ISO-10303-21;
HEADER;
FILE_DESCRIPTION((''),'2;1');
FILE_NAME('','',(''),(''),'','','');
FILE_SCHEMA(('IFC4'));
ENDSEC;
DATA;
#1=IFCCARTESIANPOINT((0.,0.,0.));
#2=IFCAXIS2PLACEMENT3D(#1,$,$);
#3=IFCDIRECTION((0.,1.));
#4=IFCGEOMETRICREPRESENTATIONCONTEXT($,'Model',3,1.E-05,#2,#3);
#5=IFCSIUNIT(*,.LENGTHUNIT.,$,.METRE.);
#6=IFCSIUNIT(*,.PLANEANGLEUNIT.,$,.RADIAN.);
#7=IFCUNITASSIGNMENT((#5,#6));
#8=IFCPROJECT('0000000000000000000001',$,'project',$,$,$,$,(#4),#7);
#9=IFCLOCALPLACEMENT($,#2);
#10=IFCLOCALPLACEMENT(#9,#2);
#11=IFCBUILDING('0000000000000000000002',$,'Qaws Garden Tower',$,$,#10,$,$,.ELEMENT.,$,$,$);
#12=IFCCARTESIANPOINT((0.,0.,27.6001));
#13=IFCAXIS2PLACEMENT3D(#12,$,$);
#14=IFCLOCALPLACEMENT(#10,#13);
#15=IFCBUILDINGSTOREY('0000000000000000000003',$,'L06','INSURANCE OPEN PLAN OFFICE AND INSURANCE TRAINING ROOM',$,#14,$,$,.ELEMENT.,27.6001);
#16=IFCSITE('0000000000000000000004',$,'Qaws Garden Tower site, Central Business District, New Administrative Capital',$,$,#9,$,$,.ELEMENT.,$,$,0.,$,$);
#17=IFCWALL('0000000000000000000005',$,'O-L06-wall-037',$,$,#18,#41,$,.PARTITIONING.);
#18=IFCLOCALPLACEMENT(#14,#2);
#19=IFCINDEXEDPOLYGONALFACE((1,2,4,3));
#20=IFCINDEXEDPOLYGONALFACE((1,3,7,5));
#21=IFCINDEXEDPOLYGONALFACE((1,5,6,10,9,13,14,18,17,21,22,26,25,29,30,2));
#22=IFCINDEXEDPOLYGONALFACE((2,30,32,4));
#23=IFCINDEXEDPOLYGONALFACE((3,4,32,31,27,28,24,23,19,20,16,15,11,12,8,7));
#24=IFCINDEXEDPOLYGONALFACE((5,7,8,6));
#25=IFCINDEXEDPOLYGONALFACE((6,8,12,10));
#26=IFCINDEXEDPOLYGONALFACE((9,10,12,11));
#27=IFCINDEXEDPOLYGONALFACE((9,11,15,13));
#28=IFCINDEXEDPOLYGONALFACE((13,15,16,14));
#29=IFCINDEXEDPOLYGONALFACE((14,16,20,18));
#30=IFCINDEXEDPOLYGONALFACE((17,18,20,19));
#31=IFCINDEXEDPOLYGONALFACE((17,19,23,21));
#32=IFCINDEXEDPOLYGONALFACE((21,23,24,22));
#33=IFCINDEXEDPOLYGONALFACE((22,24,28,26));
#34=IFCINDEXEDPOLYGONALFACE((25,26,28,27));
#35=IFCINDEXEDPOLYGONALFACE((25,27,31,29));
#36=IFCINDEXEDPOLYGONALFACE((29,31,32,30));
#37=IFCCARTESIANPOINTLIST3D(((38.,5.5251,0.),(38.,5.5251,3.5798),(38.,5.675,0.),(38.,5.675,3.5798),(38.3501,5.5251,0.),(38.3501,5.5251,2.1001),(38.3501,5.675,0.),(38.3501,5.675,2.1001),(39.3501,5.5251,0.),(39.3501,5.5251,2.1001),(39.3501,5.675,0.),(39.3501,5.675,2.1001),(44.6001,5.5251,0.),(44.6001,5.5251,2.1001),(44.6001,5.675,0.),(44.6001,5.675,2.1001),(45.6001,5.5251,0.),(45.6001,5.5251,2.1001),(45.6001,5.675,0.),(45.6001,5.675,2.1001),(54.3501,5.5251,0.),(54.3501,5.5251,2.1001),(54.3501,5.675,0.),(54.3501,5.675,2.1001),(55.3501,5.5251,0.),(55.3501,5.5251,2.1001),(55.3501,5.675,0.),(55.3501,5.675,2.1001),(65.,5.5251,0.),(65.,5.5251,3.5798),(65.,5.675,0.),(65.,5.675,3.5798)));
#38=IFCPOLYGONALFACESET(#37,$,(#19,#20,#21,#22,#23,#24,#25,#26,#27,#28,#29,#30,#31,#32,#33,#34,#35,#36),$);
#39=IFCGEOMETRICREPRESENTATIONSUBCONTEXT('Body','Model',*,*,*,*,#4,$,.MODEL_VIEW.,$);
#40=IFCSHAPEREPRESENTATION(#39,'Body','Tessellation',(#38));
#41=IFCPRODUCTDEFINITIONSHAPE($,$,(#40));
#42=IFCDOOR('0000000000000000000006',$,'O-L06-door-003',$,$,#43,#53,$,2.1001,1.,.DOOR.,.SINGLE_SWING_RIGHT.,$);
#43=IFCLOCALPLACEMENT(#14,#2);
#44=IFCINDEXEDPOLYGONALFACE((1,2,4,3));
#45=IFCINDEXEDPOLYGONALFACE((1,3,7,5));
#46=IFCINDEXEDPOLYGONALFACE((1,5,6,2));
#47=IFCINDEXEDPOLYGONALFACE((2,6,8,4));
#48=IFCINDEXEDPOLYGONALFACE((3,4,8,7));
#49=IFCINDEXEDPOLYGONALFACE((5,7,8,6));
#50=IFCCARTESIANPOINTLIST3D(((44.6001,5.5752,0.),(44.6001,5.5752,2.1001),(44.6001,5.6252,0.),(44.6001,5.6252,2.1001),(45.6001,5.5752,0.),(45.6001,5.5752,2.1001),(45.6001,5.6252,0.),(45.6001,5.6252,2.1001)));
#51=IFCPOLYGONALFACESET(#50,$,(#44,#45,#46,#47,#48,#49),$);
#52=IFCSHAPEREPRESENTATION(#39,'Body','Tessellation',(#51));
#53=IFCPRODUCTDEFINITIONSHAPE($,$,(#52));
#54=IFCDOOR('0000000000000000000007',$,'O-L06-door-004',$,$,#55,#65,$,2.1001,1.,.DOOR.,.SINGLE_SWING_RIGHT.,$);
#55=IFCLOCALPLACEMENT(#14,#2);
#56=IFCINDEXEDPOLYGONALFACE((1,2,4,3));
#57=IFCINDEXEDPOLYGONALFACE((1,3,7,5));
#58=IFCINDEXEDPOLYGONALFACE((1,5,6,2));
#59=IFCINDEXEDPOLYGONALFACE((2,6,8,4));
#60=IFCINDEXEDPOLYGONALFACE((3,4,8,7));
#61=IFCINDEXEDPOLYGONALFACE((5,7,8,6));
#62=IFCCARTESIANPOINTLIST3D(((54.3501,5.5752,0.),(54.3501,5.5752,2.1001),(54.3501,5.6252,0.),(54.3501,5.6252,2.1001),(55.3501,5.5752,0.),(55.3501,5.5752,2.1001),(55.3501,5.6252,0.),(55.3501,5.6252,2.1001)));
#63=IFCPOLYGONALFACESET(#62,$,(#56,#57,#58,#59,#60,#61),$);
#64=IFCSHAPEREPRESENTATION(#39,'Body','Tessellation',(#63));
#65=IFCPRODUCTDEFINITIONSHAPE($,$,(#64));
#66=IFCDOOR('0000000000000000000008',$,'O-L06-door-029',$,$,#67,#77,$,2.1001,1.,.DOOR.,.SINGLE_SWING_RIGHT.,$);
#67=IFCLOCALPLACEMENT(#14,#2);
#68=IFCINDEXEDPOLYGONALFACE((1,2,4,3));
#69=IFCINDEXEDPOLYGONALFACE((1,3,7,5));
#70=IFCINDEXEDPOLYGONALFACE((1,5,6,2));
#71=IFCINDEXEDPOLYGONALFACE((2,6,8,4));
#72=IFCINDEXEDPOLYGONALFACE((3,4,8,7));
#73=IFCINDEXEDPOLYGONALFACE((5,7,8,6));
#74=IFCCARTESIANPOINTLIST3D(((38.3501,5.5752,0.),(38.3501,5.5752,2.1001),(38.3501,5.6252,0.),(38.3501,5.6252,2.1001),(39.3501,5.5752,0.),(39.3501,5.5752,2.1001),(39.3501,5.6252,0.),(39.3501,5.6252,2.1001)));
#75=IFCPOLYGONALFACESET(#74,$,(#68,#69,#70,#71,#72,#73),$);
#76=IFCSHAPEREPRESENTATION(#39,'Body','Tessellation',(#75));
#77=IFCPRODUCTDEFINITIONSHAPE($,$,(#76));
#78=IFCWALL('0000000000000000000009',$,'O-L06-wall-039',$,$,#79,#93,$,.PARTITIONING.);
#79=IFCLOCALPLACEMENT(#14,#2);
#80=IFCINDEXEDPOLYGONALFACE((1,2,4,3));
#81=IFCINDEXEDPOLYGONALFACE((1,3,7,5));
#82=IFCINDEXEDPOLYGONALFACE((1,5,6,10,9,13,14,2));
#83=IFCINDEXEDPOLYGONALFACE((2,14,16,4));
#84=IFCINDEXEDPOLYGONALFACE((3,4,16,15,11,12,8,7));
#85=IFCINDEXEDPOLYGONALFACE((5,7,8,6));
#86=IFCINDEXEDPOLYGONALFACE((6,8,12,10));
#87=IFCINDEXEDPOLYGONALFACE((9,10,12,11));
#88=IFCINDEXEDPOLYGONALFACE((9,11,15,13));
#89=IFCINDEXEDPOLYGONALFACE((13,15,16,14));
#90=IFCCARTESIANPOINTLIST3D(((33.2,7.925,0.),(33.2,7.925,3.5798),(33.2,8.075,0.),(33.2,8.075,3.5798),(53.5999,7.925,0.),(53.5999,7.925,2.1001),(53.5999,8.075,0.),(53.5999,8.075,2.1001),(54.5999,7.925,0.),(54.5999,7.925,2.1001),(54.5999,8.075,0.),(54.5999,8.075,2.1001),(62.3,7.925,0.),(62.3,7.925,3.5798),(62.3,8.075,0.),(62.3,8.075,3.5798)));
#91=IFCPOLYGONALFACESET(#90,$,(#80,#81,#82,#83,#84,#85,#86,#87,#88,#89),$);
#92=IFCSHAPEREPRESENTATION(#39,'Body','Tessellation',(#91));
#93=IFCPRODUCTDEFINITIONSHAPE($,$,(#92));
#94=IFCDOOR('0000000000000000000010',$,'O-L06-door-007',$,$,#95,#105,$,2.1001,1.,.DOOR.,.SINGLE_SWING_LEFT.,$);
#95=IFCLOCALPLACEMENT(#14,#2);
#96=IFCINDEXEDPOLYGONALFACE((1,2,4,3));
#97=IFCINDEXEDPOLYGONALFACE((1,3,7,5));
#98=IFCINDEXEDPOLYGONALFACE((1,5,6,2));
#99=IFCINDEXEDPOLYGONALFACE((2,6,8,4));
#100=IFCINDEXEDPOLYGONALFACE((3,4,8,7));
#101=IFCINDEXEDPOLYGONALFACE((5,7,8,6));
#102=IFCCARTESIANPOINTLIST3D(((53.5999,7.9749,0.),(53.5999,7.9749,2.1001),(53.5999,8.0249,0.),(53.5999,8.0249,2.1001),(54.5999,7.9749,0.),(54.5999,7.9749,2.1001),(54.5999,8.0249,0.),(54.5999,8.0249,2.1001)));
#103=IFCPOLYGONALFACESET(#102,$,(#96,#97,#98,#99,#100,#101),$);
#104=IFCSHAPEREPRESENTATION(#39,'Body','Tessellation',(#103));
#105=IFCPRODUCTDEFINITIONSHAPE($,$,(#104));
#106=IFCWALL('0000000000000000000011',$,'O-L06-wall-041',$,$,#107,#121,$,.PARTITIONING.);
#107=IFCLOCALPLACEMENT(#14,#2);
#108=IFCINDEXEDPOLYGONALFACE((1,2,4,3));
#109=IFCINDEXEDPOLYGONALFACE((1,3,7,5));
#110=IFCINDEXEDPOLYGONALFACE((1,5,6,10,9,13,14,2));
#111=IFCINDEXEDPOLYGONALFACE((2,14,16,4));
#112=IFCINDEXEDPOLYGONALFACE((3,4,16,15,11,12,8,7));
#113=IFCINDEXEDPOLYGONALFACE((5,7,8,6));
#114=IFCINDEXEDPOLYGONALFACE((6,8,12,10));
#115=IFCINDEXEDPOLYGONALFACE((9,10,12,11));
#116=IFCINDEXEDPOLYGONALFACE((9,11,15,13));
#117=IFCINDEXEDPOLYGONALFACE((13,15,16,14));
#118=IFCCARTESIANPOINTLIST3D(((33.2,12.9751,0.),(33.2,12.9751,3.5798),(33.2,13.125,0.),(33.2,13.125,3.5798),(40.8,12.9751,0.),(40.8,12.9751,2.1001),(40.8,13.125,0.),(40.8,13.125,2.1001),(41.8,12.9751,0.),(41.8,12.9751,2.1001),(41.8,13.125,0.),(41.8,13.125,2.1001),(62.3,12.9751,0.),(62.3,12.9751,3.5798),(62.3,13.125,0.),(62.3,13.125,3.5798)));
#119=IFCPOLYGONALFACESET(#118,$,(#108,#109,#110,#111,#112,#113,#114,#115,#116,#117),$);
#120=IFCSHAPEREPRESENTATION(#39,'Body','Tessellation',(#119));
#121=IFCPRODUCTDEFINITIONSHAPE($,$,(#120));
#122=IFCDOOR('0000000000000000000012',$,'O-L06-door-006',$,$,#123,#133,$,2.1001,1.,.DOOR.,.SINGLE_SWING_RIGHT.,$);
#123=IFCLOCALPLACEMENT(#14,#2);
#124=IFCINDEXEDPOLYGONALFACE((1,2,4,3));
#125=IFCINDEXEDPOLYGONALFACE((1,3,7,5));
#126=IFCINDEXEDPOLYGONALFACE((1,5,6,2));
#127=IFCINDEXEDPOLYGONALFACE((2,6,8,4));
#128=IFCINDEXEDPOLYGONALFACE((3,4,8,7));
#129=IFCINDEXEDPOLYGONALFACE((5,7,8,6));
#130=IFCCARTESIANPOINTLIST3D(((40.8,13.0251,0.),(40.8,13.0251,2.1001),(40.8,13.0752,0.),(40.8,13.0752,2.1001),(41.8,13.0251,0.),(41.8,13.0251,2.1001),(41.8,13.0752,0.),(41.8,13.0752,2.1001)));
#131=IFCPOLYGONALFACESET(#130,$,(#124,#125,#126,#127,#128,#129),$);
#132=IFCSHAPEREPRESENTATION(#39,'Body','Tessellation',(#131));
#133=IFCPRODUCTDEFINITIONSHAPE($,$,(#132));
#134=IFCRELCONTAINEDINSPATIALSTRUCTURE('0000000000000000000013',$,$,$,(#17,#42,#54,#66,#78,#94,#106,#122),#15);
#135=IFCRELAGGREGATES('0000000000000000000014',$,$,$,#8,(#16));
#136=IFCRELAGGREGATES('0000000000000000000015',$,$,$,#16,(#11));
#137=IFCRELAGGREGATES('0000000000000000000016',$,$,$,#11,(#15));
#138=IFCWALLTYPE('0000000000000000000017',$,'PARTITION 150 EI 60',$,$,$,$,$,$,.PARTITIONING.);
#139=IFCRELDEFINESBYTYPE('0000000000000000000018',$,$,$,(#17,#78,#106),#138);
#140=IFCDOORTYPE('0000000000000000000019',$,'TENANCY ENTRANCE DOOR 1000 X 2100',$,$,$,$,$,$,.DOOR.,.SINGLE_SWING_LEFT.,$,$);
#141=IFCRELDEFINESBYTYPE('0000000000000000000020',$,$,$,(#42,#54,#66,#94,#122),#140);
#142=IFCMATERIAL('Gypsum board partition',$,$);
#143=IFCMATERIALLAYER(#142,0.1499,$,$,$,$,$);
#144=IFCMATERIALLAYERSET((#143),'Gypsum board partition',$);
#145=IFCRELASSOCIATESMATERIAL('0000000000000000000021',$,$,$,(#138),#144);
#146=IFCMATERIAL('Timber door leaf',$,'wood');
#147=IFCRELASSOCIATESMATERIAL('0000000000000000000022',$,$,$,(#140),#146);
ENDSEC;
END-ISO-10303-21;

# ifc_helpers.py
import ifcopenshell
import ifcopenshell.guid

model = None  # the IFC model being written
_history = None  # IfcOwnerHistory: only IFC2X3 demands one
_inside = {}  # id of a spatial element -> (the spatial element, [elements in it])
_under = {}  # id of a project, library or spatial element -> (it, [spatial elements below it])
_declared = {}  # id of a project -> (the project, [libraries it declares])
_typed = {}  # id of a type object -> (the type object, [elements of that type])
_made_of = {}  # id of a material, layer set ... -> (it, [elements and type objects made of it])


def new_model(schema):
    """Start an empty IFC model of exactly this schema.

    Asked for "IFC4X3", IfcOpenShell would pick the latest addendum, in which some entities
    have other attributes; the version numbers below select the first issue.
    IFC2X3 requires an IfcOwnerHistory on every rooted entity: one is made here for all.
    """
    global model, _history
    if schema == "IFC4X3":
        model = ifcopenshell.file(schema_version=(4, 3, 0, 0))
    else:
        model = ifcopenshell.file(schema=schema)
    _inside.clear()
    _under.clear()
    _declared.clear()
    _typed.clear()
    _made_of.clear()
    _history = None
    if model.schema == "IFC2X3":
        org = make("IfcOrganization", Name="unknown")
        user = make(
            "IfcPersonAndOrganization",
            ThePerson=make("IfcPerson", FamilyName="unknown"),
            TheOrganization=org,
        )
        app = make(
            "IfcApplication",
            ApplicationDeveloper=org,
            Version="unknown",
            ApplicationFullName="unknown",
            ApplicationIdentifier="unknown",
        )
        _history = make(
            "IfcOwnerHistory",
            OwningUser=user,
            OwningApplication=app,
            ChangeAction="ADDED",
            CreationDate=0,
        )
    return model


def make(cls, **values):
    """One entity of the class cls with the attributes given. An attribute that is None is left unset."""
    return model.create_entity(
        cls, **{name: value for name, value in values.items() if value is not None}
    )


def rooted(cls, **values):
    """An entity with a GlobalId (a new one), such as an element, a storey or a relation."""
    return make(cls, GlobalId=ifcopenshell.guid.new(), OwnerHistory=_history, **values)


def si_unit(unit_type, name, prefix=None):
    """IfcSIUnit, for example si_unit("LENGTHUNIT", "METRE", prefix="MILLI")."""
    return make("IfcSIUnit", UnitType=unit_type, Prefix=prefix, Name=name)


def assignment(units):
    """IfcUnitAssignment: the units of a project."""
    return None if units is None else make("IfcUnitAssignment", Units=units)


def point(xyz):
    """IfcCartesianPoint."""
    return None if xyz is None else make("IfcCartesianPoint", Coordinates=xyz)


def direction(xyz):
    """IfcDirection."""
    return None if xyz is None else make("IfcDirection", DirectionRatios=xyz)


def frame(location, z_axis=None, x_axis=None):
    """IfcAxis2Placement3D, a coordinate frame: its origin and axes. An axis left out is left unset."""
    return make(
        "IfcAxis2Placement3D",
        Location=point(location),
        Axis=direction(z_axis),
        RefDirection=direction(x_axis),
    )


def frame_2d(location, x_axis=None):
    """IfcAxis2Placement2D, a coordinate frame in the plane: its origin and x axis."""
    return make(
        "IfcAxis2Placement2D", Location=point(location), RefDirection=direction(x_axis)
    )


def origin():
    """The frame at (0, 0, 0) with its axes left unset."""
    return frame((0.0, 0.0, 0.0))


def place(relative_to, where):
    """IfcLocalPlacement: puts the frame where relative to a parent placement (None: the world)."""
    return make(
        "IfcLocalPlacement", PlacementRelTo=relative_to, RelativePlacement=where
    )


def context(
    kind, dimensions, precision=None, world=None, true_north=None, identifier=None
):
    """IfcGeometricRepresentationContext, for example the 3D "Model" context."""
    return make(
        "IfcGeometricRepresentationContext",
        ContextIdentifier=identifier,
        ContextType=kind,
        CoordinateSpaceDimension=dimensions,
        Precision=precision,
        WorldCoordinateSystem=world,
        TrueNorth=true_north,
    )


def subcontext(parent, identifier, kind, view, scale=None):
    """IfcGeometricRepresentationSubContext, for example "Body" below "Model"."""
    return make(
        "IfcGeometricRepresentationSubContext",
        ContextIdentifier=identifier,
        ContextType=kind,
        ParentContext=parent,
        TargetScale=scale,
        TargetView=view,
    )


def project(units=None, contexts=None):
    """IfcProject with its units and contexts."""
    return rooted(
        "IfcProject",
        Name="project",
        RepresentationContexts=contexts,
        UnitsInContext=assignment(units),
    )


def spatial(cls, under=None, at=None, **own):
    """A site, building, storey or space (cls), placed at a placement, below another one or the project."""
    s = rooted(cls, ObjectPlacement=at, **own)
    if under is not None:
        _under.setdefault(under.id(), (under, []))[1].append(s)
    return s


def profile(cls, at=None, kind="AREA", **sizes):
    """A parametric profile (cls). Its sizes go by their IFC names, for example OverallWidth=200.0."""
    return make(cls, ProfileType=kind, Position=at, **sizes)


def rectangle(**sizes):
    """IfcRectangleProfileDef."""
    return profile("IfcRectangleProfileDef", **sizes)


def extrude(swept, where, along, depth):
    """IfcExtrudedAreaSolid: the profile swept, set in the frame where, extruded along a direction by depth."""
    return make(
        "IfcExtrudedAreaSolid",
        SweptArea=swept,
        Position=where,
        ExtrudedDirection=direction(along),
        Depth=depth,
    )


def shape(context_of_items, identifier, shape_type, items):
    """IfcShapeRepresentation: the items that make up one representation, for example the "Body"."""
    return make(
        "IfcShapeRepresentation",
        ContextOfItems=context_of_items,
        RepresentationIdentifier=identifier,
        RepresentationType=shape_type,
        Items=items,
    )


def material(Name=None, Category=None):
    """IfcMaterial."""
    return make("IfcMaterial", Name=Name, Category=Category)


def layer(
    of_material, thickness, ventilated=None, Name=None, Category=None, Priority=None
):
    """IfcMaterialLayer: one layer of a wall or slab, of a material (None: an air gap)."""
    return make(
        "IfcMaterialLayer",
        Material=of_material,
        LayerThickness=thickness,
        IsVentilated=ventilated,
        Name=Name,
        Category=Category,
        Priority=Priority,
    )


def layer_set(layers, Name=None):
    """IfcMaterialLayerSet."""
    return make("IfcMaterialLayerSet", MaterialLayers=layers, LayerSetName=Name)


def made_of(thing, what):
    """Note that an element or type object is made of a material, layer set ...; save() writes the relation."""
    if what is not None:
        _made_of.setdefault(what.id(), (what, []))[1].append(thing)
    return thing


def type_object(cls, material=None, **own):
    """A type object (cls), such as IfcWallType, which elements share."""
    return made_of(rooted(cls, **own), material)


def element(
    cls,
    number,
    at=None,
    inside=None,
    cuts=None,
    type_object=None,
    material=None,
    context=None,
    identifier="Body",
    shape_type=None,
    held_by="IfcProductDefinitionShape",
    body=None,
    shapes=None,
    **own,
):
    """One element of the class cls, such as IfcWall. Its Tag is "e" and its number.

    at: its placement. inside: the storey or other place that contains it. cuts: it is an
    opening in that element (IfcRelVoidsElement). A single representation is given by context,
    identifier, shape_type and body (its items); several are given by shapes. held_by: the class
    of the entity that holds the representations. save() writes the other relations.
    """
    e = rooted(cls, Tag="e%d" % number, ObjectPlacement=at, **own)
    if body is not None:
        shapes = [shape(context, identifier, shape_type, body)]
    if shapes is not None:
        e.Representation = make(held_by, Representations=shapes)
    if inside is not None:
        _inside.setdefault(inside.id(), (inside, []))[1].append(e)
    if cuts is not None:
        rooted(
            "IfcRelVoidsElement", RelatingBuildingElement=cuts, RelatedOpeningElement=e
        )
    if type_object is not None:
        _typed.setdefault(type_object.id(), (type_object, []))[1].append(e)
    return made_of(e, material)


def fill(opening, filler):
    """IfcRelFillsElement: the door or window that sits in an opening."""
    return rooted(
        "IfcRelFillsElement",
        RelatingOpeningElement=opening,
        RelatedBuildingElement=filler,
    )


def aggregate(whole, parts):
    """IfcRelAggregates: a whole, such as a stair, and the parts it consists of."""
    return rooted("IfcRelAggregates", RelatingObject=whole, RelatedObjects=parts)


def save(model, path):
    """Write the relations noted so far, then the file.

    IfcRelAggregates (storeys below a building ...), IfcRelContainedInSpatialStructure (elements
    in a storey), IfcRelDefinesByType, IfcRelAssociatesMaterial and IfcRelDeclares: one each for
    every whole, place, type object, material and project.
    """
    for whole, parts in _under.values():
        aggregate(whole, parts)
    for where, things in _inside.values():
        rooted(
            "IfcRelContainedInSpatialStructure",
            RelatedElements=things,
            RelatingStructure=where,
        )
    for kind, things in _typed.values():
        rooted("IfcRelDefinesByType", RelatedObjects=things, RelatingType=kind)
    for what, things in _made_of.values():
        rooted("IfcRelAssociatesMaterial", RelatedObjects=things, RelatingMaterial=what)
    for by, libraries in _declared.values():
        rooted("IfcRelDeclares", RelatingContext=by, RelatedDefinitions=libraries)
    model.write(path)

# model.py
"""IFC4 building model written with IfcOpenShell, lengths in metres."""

from ifc_helpers import new_model, si_unit, direction, frame, frame_2d, origin, place, context, subcontext, project, spatial, rectangle, extrude, material, layer, layer_set, type_object, element, fill, save


model = new_model("IFC4")

# Units and contexts
model_context = context("Model", 3, precision=1e-05, world=origin(), true_north=direction((0.0, 1.0)))
body_context = subcontext(model_context, "Body", "Model", "MODEL_VIEW")
ifc_project = project(units=[si_unit("LENGTHUNIT", "METRE"), si_unit("PLANEANGLEUNIT", "RADIAN")], contexts=[model_context])

# Site, building, storey
site_placement = place(None, origin())
site = spatial("IfcSite", under=ifc_project, at=site_placement, Name="Qaws Garden Tower site, Central Business District, New Administrative Capital", CompositionType="ELEMENT", RefElevation=0.0)
building_placement = place(site_placement, origin())
building = spatial("IfcBuilding", under=site, at=building_placement, Name="Qaws Garden Tower", CompositionType="ELEMENT")
storey_placement = place(building_placement, frame((0.0, 0.0, 27.6001)))
storey = spatial("IfcBuildingStorey", under=building, at=storey_placement, Name="L06", Description="INSURANCE OPEN PLAN OFFICE AND INSURANCE TRAINING ROOM", CompositionType="ELEMENT", Elevation=27.6001)

# Shared definitions
ifc_material_1 = material(Name="Gypsum board partition")
ifc_layer_1 = layer(ifc_material_1, 0.1499)
ifc_layer_set_1 = layer_set([ifc_layer_1], Name="Gypsum board partition")
wall_type_1 = type_object("IfcWallType", Name="PARTITION 150 EI 60", PredefinedType="PARTITIONING", material=ifc_layer_set_1)

# Wall, openings, doors
wall_1_placement = place(storey_placement, frame((38.0, 5.6001, 0.0), z_axis=(0.0, 0.0, 1.0), x_axis=(1.0, 0.0, 0.0)))
wall_1 = element("IfcWall", 1, at=wall_1_placement, inside=storey, type_object=wall_type_1, Name="O-L06-wall-037", PredefinedType="PARTITIONING", context=body_context, shape_type="SweptSolid", body=[
    extrude(rectangle(XDim=27.0, YDim=0.1499, at=frame_2d((13.5, 0.0))), origin(), (0.0, 0.0, 1.0), 3.5798),
])
opening_1_placement = place(wall_1_placement, frame((6.6001, 0.0, 0.0)))
opening_1 = element("IfcOpeningElement", 2, at=opening_1_placement, cuts=wall_1, PredefinedType="OPENING", context=body_context, shape_type="SweptSolid", body=[
    extrude(rectangle(XDim=1.0, YDim=2.1001, at=frame_2d((0.5, 1.05))), frame((0.0, 0.085, 0.0), z_axis=(0.0, -1.0, 0.0), x_axis=(1.0, 0.0, 0.0)), (0.0, 0.0, 1.0), 0.1699),
])
opening_2_placement = place(wall_1_placement, frame((16.3501, 0.0, 0.0)))
opening_2 = element("IfcOpeningElement", 3, at=opening_2_placement, cuts=wall_1, PredefinedType="OPENING", context=body_context, shape_type="SweptSolid", body=[
    extrude(rectangle(XDim=1.0, YDim=2.1001, at=frame_2d((0.5, 1.05))), frame((0.0, 0.085, 0.0), z_axis=(0.0, -1.0, 0.0), x_axis=(1.0, 0.0, 0.0)), (0.0, 0.0, 1.0), 0.1699),
])
opening_3_placement = place(wall_1_placement, frame((0.3501, 0.0, 0.0)))
opening_3 = element("IfcOpeningElement", 4, at=opening_3_placement, cuts=wall_1, PredefinedType="OPENING", context=body_context, shape_type="SweptSolid", body=[
    extrude(rectangle(XDim=1.0, YDim=2.1001, at=frame_2d((0.5, 1.05))), frame((0.0, 0.085, 0.0), z_axis=(0.0, -1.0, 0.0), x_axis=(1.0, 0.0, 0.0)), (0.0, 0.0, 1.0), 0.1699),
])
ifc_material_2 = material(Name="Timber door leaf", Category="wood")
door_type_1 = type_object("IfcDoorType", Name="TENANCY ENTRANCE DOOR 1000 X 2100", OperationType="SINGLE_SWING_LEFT", PredefinedType="DOOR", material=ifc_material_2)
door_1_placement = place(opening_1_placement, frame((1.0, 0.0, 0.0), z_axis=(0.0, 0.0, 1.0), x_axis=(-1.0, 0.0, 0.0)))
door_1 = element("IfcDoor", 5, at=door_1_placement, inside=storey, type_object=door_type_1, Name="O-L06-door-003", OperationType="SINGLE_SWING_RIGHT", OverallHeight=2.1001, OverallWidth=1.0, PredefinedType="DOOR", context=body_context, shape_type="SweptSolid", body=[
    extrude(rectangle(XDim=1.0, YDim=2.1001, at=frame_2d((0.5, 1.05))), frame((0.0, 0.0249, 0.0), z_axis=(0.0, -1.0, 0.0), x_axis=(1.0, 0.0, 0.0)), (0.0, 0.0, 1.0), 0.05),
])
fill(opening_1, door_1)
door_2_placement = place(opening_2_placement, frame((1.0, 0.0, 0.0), z_axis=(0.0, 0.0, 1.0), x_axis=(-1.0, 0.0, 0.0)))
door_2 = element("IfcDoor", 6, at=door_2_placement, inside=storey, type_object=door_type_1, Name="O-L06-door-004", OperationType="SINGLE_SWING_RIGHT", OverallHeight=2.1001, OverallWidth=1.0, PredefinedType="DOOR", context=body_context, shape_type="SweptSolid", body=[
    extrude(rectangle(XDim=1.0, YDim=2.1001, at=frame_2d((0.5, 1.05))), frame((0.0, 0.0249, 0.0), z_axis=(0.0, -1.0, 0.0), x_axis=(1.0, 0.0, 0.0)), (0.0, 0.0, 1.0), 0.05),
])
fill(opening_2, door_2)
door_3_placement = place(opening_3_placement, frame((1.0, 0.0, 0.0), z_axis=(0.0, 0.0, 1.0), x_axis=(-1.0, 0.0, 0.0)))
door_3 = element("IfcDoor", 7, at=door_3_placement, inside=storey, type_object=door_type_1, Name="O-L06-door-029", OperationType="SINGLE_SWING_RIGHT", OverallHeight=2.1001, OverallWidth=1.0, PredefinedType="DOOR", context=body_context, shape_type="SweptSolid", body=[
    extrude(rectangle(XDim=1.0, YDim=2.1001, at=frame_2d((0.5, 1.05))), frame((0.0, 0.0249, 0.0), z_axis=(0.0, -1.0, 0.0), x_axis=(1.0, 0.0, 0.0)), (0.0, 0.0, 1.0), 0.05),
])
fill(opening_3, door_3)

# Walls, openings, doors
wall_2_placement = place(storey_placement, frame((33.2, 8.0, 0.0), z_axis=(0.0, 0.0, 1.0), x_axis=(1.0, 0.0, 0.0)))
wall_2 = element("IfcWall", 8, at=wall_2_placement, inside=storey, type_object=wall_type_1, Name="O-L06-wall-039", PredefinedType="PARTITIONING", context=body_context, shape_type="SweptSolid", body=[
    extrude(rectangle(XDim=29.1001, YDim=0.1499, at=frame_2d((14.55, 0.0))), origin(), (0.0, 0.0, 1.0), 3.5798),
])
opening_4_placement = place(wall_2_placement, frame((20.3999, 0.0, 0.0)))
opening_4 = element("IfcOpeningElement", 9, at=opening_4_placement, cuts=wall_2, PredefinedType="OPENING", context=body_context, shape_type="SweptSolid", body=[
    extrude(rectangle(XDim=1.0, YDim=2.1001, at=frame_2d((0.5, 1.05))), frame((0.0, 0.085, 0.0), z_axis=(0.0, -1.0, 0.0), x_axis=(1.0, 0.0, 0.0)), (0.0, 0.0, 1.0), 0.1699),
])
door_4_placement = place(opening_4_placement, origin())
door_4 = element("IfcDoor", 10, at=door_4_placement, inside=storey, type_object=door_type_1, Name="O-L06-door-007", OperationType="SINGLE_SWING_LEFT", OverallHeight=2.1001, OverallWidth=1.0, PredefinedType="DOOR", context=body_context, shape_type="SweptSolid", body=[
    extrude(rectangle(XDim=1.0, YDim=2.1001, at=frame_2d((0.5, 1.05))), frame((0.0, 0.0249, 0.0), z_axis=(0.0, -1.0, 0.0), x_axis=(1.0, 0.0, 0.0)), (0.0, 0.0, 1.0), 0.05),
])
fill(opening_4, door_4)
wall_3_placement = place(storey_placement, frame((33.2, 13.05, 0.0), z_axis=(0.0, 0.0, 1.0), x_axis=(1.0, 0.0, 0.0)))
wall_3 = element("IfcWall", 11, at=wall_3_placement, inside=storey, type_object=wall_type_1, Name="O-L06-wall-041", PredefinedType="PARTITIONING", context=body_context, shape_type="SweptSolid", body=[
    extrude(rectangle(XDim=29.1001, YDim=0.1499, at=frame_2d((14.55, 0.0))), origin(), (0.0, 0.0, 1.0), 3.5798),
])
opening_5_placement = place(wall_3_placement, frame((7.6001, 0.0, 0.0)))
opening_5 = element("IfcOpeningElement", 12, at=opening_5_placement, cuts=wall_3, PredefinedType="OPENING", context=body_context, shape_type="SweptSolid", body=[
    extrude(rectangle(XDim=1.0, YDim=2.1001, at=frame_2d((0.5, 1.05))), frame((0.0, 0.085, 0.0), z_axis=(0.0, -1.0, 0.0), x_axis=(1.0, 0.0, 0.0)), (0.0, 0.0, 1.0), 0.1699),
])
door_5_placement = place(opening_5_placement, frame((1.0, 0.0, 0.0), z_axis=(0.0, 0.0, 1.0), x_axis=(-1.0, 0.0, 0.0)))
door_5 = element("IfcDoor", 13, at=door_5_placement, inside=storey, type_object=door_type_1, Name="O-L06-door-006", OperationType="SINGLE_SWING_RIGHT", OverallHeight=2.1001, OverallWidth=1.0, PredefinedType="DOOR", context=body_context, shape_type="SweptSolid", body=[
    extrude(rectangle(XDim=1.0, YDim=2.1001, at=frame_2d((0.5, 1.05))), frame((0.0, 0.0249, 0.0), z_axis=(0.0, -1.0, 0.0), x_axis=(1.0, 0.0, 0.0)), (0.0, 0.0, 1.0), 0.05),
])
fill(opening_5, door_5)

save(model, "model.ifc")
